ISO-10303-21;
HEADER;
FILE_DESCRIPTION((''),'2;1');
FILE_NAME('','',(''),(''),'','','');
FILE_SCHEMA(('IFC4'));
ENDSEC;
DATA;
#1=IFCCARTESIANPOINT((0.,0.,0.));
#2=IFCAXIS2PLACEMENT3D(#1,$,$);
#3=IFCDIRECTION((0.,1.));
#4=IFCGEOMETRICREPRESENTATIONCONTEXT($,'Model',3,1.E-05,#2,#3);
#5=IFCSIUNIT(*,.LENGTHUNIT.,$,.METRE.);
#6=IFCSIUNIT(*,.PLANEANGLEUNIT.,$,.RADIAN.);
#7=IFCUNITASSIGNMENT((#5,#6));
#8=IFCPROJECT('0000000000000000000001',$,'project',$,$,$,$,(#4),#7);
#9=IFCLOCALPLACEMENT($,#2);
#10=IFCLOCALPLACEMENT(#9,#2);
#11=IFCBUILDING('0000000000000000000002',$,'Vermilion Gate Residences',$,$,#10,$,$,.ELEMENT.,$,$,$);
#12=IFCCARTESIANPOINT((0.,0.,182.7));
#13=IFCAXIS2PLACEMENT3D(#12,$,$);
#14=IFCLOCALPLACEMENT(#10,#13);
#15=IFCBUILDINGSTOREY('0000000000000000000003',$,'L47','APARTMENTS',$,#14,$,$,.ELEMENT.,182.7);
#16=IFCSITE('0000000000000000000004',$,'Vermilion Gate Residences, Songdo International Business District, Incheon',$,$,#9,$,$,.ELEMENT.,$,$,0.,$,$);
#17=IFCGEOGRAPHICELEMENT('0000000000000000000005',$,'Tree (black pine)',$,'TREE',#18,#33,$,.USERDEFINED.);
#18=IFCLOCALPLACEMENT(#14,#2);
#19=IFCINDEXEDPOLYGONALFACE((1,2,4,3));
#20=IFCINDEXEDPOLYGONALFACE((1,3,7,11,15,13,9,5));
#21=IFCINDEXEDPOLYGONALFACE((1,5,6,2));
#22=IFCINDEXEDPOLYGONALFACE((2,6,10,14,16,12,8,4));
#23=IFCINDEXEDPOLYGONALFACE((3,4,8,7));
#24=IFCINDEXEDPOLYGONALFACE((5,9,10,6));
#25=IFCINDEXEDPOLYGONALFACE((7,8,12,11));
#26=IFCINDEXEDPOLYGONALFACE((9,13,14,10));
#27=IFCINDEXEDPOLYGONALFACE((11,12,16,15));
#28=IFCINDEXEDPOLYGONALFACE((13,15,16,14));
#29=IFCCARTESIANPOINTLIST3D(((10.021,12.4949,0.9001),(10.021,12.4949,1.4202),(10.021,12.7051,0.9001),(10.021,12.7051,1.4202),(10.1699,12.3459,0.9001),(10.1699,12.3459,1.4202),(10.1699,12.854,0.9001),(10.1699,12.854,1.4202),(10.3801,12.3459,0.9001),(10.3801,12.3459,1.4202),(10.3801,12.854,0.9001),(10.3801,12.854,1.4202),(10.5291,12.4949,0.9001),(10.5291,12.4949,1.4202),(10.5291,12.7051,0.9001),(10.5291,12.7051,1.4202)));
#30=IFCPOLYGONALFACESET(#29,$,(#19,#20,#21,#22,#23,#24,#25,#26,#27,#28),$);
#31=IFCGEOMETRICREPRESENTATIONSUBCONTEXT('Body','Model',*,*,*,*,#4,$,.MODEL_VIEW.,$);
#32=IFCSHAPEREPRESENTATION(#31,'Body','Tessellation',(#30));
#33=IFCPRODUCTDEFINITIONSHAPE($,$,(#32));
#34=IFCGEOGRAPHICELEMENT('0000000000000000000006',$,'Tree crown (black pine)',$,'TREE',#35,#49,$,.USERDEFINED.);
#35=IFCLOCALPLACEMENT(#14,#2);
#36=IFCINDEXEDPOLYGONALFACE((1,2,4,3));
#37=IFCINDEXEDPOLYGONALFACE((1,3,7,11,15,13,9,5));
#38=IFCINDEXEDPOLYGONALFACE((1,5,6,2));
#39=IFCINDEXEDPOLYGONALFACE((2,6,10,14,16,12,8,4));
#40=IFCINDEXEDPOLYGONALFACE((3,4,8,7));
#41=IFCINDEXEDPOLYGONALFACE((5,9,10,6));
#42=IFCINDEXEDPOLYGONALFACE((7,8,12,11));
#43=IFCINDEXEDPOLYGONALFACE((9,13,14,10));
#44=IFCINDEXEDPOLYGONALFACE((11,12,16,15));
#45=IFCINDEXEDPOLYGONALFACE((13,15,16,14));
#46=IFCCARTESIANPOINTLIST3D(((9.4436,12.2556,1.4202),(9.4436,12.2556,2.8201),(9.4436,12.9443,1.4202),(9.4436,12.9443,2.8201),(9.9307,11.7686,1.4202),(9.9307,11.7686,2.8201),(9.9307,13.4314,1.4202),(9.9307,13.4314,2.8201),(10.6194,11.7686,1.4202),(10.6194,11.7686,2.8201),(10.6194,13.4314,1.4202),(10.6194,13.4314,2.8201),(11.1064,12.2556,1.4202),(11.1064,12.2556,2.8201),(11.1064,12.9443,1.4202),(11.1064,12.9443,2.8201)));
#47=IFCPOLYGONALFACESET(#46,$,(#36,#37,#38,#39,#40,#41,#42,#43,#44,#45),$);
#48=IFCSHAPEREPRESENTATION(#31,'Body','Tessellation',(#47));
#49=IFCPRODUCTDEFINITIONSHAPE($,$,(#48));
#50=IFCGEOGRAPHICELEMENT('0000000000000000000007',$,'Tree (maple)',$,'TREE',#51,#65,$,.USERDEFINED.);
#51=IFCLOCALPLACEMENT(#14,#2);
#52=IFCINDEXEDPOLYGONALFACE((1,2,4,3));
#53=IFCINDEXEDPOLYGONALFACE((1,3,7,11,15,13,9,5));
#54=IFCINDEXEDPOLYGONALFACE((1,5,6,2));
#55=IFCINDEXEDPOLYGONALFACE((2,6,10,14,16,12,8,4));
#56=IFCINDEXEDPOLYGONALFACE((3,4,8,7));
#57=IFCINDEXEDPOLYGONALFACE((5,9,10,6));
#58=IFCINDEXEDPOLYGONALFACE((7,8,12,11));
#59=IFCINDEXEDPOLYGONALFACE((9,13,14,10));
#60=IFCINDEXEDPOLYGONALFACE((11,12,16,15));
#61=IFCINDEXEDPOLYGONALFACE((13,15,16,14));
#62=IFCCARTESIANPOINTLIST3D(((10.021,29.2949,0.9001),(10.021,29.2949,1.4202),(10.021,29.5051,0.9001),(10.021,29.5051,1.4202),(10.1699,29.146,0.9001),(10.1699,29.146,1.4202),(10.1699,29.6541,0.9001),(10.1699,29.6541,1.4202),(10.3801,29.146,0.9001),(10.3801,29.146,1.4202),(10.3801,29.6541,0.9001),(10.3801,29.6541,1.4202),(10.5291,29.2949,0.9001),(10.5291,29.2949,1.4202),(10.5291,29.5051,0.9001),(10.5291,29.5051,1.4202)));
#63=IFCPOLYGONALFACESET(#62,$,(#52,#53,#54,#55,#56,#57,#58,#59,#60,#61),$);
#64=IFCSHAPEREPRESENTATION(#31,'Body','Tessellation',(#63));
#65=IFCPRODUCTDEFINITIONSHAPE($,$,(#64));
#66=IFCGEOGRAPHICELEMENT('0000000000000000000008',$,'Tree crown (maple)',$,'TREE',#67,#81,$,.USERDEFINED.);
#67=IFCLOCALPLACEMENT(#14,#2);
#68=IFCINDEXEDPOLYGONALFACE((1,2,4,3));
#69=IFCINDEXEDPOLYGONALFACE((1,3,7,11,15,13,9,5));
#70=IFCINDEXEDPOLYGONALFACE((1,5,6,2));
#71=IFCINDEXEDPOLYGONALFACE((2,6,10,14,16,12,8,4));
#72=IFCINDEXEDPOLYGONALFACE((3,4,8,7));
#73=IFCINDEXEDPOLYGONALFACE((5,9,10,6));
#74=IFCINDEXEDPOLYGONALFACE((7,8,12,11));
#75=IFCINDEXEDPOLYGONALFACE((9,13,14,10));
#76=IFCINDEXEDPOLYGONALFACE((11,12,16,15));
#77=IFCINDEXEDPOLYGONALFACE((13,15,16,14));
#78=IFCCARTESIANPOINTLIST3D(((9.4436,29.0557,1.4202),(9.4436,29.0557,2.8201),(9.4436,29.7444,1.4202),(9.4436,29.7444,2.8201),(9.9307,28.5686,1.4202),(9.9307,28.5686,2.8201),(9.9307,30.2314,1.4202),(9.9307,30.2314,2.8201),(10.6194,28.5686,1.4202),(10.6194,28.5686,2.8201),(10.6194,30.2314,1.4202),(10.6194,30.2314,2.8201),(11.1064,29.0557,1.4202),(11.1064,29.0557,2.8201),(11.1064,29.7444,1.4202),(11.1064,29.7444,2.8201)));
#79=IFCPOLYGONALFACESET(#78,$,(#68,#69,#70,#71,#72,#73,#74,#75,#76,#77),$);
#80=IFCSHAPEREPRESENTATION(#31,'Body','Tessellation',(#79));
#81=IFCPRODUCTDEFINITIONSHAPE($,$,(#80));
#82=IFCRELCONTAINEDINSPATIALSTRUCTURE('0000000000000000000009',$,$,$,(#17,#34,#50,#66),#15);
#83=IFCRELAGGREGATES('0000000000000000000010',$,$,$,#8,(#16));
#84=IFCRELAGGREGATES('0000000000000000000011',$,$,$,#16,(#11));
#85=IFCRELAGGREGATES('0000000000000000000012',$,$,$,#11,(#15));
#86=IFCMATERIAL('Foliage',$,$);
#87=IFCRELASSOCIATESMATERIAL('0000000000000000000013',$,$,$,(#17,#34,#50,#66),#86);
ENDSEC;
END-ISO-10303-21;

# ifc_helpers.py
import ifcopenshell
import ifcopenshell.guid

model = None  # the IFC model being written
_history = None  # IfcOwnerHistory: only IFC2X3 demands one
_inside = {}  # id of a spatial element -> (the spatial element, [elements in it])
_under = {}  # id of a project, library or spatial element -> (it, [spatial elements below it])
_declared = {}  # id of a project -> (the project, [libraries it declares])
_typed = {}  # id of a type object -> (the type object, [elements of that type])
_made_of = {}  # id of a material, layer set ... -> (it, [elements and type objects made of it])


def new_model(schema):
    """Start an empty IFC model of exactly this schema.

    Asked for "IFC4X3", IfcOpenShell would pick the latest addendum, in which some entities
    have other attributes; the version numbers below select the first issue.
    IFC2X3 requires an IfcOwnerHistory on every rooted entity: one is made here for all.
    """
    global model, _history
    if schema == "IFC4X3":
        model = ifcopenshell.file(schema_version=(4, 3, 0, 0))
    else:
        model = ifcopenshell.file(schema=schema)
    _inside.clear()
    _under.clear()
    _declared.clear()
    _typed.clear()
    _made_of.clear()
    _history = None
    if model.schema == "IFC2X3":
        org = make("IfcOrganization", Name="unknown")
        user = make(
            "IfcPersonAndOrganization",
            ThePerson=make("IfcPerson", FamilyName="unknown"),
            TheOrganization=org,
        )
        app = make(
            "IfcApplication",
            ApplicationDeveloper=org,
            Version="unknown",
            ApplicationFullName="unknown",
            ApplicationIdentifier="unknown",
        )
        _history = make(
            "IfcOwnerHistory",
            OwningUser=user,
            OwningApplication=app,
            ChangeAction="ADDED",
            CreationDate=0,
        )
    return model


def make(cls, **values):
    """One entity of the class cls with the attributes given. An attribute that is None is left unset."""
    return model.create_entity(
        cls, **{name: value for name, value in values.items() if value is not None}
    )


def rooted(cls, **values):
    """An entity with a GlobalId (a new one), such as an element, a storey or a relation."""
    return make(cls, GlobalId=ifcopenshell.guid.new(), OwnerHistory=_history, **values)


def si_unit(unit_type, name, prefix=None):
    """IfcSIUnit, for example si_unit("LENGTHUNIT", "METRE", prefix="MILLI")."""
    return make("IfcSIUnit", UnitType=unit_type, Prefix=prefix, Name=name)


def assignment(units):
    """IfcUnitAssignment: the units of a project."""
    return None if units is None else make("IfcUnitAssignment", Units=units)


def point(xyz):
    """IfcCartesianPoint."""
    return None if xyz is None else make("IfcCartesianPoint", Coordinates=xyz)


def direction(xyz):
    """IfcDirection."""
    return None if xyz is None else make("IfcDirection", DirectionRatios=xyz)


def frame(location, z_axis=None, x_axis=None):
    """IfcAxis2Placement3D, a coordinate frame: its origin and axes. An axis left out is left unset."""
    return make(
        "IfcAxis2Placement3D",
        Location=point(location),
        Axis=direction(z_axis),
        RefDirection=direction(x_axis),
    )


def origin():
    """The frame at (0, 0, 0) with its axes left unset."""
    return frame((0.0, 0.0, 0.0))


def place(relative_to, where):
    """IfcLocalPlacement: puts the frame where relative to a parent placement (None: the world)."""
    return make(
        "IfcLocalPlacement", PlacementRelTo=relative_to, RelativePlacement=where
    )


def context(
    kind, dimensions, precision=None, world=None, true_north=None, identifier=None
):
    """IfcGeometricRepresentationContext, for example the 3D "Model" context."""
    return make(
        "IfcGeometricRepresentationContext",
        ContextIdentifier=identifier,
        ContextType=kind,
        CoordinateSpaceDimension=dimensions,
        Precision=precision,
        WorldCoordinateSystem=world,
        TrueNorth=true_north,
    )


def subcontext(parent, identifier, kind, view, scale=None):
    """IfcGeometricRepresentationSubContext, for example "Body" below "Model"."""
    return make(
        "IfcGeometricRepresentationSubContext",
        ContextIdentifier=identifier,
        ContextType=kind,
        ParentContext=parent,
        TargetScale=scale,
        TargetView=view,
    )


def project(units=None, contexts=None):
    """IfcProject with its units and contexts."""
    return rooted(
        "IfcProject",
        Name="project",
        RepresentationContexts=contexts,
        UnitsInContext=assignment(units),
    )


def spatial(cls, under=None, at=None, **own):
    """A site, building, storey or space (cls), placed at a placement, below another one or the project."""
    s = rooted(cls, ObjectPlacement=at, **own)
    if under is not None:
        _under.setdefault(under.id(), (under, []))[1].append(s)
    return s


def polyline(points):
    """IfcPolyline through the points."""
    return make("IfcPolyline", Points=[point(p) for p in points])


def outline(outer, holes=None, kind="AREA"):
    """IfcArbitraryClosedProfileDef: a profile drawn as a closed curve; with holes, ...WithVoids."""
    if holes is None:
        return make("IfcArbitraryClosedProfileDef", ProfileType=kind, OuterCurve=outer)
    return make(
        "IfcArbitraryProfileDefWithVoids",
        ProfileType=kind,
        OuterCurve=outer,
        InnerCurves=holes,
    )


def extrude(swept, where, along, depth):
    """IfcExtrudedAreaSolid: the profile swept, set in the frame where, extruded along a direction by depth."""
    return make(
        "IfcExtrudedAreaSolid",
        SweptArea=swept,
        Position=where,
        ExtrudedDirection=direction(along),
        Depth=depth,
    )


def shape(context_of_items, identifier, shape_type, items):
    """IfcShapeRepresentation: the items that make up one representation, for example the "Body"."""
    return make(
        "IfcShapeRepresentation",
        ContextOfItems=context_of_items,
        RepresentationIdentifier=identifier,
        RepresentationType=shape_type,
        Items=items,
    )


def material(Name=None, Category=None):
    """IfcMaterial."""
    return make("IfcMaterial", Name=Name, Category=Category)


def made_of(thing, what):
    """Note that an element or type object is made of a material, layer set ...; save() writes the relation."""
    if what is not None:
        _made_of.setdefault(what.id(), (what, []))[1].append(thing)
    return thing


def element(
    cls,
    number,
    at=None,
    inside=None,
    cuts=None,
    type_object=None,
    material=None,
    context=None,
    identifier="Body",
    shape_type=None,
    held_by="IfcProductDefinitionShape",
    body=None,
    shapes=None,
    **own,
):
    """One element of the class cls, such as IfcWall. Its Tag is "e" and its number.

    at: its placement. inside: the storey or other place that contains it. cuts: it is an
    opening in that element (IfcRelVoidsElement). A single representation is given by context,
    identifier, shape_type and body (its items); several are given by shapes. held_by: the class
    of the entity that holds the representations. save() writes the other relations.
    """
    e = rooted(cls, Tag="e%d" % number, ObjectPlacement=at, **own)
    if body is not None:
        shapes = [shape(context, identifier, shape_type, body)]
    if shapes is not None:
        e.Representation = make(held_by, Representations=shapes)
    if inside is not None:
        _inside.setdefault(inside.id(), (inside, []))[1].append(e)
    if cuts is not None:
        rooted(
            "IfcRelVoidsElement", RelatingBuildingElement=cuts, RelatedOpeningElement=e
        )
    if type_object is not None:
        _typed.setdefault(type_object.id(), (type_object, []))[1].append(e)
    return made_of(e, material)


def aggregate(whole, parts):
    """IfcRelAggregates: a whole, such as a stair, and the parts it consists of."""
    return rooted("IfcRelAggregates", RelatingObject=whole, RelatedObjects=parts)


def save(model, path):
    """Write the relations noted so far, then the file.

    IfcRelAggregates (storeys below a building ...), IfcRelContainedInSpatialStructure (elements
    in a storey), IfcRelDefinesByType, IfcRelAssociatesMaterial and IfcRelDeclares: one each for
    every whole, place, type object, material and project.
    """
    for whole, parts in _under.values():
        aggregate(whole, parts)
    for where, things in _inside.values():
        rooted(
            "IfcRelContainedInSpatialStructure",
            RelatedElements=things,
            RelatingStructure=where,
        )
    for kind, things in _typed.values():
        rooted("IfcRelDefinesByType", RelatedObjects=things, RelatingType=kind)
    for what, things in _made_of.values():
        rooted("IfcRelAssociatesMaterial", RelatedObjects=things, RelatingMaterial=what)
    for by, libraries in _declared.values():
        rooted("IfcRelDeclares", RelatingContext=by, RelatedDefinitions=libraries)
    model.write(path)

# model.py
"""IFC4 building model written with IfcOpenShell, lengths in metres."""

from ifc_helpers import new_model, si_unit, direction, frame, origin, place, context, subcontext, project, spatial, polyline, outline, extrude, material, element, save


model = new_model("IFC4")

# Units and contexts
model_context = context("Model", 3, precision=1e-05, world=origin(), true_north=direction((0.0, 1.0)))
body_context = subcontext(model_context, "Body", "Model", "MODEL_VIEW")
ifc_project = project(units=[si_unit("LENGTHUNIT", "METRE"), si_unit("PLANEANGLEUNIT", "RADIAN")], contexts=[model_context])

# Site, building, storey
site_placement = place(None, origin())
site = spatial("IfcSite", under=ifc_project, at=site_placement, Name="Vermilion Gate Residences, Songdo International Business District, Incheon", CompositionType="ELEMENT", RefElevation=0.0)
building_placement = place(site_placement, origin())
building = spatial("IfcBuilding", under=site, at=building_placement, Name="Vermilion Gate Residences", CompositionType="ELEMENT")
storey_placement = place(building_placement, frame((0.0, 0.0, 182.7)))
storey = spatial("IfcBuildingStorey", under=building, at=storey_placement, Name="L47", Description="APARTMENTS", CompositionType="ELEMENT", Elevation=182.7)

# Geographic elements
ifc_material_1 = material(Name="Foliage")
geographic_element_1_placement = place(storey_placement, frame((0.0, 0.0, 0.9001)))
element("IfcGeographicElement", 1, at=geographic_element_1_placement, inside=storey, material=ifc_material_1, Name="Tree (black pine)", ObjectType="TREE", PredefinedType="USERDEFINED", context=body_context, shape_type="SweptSolid", body=[
    extrude(outline(polyline([(10.5291, 12.7051), (10.3801, 12.854), (10.1699, 12.854), (10.021, 12.7051), (10.021, 12.4949), (10.1699, 12.3459), (10.3801, 12.3459), (10.5291, 12.4949), (10.5291, 12.7051)])), origin(), (0.0, 0.0, 1.0), 0.52),
])
geographic_element_2_placement = place(storey_placement, frame((0.0, 0.0, 1.4202)))
element("IfcGeographicElement", 2, at=geographic_element_2_placement, inside=storey, material=ifc_material_1, Name="Tree crown (black pine)", ObjectType="TREE", PredefinedType="USERDEFINED", context=body_context, shape_type="SweptSolid", body=[
    extrude(outline(polyline([(11.1064, 12.9443), (10.6194, 13.4314), (9.9307, 13.4314), (9.4436, 12.9443), (9.4436, 12.2556), (9.9307, 11.7686), (10.6194, 11.7686), (11.1064, 12.2556), (11.1064, 12.9443)])), origin(), (0.0, 0.0, 1.0), 1.3999),
])
geographic_element_3_placement = place(storey_placement, frame((0.0, 0.0, 0.9001)))
element("IfcGeographicElement", 3, at=geographic_element_3_placement, inside=storey, material=ifc_material_1, Name="Tree (maple)", ObjectType="TREE", PredefinedType="USERDEFINED", context=body_context, shape_type="SweptSolid", body=[
    extrude(outline(polyline([(10.5291, 29.5051), (10.3801, 29.6541), (10.1699, 29.6541), (10.021, 29.5051), (10.021, 29.2949), (10.1699, 29.146), (10.3801, 29.146), (10.5291, 29.2949), (10.5291, 29.5051)])), origin(), (0.0, 0.0, 1.0), 0.52),
])
geographic_element_4_placement = place(storey_placement, frame((0.0, 0.0, 1.4202)))
element("IfcGeographicElement", 4, at=geographic_element_4_placement, inside=storey, material=ifc_material_1, Name="Tree crown (maple)", ObjectType="TREE", PredefinedType="USERDEFINED", context=body_context, shape_type="SweptSolid", body=[
    extrude(outline(polyline([(11.1064, 29.7444), (10.6194, 30.2314), (9.9307, 30.2314), (9.4436, 29.7444), (9.4436, 29.0557), (9.9307, 28.5686), (10.6194, 28.5686), (11.1064, 29.0557), (11.1064, 29.7444)])), origin(), (0.0, 0.0, 1.0), 1.3999),
])

save(model, "model.ifc")
